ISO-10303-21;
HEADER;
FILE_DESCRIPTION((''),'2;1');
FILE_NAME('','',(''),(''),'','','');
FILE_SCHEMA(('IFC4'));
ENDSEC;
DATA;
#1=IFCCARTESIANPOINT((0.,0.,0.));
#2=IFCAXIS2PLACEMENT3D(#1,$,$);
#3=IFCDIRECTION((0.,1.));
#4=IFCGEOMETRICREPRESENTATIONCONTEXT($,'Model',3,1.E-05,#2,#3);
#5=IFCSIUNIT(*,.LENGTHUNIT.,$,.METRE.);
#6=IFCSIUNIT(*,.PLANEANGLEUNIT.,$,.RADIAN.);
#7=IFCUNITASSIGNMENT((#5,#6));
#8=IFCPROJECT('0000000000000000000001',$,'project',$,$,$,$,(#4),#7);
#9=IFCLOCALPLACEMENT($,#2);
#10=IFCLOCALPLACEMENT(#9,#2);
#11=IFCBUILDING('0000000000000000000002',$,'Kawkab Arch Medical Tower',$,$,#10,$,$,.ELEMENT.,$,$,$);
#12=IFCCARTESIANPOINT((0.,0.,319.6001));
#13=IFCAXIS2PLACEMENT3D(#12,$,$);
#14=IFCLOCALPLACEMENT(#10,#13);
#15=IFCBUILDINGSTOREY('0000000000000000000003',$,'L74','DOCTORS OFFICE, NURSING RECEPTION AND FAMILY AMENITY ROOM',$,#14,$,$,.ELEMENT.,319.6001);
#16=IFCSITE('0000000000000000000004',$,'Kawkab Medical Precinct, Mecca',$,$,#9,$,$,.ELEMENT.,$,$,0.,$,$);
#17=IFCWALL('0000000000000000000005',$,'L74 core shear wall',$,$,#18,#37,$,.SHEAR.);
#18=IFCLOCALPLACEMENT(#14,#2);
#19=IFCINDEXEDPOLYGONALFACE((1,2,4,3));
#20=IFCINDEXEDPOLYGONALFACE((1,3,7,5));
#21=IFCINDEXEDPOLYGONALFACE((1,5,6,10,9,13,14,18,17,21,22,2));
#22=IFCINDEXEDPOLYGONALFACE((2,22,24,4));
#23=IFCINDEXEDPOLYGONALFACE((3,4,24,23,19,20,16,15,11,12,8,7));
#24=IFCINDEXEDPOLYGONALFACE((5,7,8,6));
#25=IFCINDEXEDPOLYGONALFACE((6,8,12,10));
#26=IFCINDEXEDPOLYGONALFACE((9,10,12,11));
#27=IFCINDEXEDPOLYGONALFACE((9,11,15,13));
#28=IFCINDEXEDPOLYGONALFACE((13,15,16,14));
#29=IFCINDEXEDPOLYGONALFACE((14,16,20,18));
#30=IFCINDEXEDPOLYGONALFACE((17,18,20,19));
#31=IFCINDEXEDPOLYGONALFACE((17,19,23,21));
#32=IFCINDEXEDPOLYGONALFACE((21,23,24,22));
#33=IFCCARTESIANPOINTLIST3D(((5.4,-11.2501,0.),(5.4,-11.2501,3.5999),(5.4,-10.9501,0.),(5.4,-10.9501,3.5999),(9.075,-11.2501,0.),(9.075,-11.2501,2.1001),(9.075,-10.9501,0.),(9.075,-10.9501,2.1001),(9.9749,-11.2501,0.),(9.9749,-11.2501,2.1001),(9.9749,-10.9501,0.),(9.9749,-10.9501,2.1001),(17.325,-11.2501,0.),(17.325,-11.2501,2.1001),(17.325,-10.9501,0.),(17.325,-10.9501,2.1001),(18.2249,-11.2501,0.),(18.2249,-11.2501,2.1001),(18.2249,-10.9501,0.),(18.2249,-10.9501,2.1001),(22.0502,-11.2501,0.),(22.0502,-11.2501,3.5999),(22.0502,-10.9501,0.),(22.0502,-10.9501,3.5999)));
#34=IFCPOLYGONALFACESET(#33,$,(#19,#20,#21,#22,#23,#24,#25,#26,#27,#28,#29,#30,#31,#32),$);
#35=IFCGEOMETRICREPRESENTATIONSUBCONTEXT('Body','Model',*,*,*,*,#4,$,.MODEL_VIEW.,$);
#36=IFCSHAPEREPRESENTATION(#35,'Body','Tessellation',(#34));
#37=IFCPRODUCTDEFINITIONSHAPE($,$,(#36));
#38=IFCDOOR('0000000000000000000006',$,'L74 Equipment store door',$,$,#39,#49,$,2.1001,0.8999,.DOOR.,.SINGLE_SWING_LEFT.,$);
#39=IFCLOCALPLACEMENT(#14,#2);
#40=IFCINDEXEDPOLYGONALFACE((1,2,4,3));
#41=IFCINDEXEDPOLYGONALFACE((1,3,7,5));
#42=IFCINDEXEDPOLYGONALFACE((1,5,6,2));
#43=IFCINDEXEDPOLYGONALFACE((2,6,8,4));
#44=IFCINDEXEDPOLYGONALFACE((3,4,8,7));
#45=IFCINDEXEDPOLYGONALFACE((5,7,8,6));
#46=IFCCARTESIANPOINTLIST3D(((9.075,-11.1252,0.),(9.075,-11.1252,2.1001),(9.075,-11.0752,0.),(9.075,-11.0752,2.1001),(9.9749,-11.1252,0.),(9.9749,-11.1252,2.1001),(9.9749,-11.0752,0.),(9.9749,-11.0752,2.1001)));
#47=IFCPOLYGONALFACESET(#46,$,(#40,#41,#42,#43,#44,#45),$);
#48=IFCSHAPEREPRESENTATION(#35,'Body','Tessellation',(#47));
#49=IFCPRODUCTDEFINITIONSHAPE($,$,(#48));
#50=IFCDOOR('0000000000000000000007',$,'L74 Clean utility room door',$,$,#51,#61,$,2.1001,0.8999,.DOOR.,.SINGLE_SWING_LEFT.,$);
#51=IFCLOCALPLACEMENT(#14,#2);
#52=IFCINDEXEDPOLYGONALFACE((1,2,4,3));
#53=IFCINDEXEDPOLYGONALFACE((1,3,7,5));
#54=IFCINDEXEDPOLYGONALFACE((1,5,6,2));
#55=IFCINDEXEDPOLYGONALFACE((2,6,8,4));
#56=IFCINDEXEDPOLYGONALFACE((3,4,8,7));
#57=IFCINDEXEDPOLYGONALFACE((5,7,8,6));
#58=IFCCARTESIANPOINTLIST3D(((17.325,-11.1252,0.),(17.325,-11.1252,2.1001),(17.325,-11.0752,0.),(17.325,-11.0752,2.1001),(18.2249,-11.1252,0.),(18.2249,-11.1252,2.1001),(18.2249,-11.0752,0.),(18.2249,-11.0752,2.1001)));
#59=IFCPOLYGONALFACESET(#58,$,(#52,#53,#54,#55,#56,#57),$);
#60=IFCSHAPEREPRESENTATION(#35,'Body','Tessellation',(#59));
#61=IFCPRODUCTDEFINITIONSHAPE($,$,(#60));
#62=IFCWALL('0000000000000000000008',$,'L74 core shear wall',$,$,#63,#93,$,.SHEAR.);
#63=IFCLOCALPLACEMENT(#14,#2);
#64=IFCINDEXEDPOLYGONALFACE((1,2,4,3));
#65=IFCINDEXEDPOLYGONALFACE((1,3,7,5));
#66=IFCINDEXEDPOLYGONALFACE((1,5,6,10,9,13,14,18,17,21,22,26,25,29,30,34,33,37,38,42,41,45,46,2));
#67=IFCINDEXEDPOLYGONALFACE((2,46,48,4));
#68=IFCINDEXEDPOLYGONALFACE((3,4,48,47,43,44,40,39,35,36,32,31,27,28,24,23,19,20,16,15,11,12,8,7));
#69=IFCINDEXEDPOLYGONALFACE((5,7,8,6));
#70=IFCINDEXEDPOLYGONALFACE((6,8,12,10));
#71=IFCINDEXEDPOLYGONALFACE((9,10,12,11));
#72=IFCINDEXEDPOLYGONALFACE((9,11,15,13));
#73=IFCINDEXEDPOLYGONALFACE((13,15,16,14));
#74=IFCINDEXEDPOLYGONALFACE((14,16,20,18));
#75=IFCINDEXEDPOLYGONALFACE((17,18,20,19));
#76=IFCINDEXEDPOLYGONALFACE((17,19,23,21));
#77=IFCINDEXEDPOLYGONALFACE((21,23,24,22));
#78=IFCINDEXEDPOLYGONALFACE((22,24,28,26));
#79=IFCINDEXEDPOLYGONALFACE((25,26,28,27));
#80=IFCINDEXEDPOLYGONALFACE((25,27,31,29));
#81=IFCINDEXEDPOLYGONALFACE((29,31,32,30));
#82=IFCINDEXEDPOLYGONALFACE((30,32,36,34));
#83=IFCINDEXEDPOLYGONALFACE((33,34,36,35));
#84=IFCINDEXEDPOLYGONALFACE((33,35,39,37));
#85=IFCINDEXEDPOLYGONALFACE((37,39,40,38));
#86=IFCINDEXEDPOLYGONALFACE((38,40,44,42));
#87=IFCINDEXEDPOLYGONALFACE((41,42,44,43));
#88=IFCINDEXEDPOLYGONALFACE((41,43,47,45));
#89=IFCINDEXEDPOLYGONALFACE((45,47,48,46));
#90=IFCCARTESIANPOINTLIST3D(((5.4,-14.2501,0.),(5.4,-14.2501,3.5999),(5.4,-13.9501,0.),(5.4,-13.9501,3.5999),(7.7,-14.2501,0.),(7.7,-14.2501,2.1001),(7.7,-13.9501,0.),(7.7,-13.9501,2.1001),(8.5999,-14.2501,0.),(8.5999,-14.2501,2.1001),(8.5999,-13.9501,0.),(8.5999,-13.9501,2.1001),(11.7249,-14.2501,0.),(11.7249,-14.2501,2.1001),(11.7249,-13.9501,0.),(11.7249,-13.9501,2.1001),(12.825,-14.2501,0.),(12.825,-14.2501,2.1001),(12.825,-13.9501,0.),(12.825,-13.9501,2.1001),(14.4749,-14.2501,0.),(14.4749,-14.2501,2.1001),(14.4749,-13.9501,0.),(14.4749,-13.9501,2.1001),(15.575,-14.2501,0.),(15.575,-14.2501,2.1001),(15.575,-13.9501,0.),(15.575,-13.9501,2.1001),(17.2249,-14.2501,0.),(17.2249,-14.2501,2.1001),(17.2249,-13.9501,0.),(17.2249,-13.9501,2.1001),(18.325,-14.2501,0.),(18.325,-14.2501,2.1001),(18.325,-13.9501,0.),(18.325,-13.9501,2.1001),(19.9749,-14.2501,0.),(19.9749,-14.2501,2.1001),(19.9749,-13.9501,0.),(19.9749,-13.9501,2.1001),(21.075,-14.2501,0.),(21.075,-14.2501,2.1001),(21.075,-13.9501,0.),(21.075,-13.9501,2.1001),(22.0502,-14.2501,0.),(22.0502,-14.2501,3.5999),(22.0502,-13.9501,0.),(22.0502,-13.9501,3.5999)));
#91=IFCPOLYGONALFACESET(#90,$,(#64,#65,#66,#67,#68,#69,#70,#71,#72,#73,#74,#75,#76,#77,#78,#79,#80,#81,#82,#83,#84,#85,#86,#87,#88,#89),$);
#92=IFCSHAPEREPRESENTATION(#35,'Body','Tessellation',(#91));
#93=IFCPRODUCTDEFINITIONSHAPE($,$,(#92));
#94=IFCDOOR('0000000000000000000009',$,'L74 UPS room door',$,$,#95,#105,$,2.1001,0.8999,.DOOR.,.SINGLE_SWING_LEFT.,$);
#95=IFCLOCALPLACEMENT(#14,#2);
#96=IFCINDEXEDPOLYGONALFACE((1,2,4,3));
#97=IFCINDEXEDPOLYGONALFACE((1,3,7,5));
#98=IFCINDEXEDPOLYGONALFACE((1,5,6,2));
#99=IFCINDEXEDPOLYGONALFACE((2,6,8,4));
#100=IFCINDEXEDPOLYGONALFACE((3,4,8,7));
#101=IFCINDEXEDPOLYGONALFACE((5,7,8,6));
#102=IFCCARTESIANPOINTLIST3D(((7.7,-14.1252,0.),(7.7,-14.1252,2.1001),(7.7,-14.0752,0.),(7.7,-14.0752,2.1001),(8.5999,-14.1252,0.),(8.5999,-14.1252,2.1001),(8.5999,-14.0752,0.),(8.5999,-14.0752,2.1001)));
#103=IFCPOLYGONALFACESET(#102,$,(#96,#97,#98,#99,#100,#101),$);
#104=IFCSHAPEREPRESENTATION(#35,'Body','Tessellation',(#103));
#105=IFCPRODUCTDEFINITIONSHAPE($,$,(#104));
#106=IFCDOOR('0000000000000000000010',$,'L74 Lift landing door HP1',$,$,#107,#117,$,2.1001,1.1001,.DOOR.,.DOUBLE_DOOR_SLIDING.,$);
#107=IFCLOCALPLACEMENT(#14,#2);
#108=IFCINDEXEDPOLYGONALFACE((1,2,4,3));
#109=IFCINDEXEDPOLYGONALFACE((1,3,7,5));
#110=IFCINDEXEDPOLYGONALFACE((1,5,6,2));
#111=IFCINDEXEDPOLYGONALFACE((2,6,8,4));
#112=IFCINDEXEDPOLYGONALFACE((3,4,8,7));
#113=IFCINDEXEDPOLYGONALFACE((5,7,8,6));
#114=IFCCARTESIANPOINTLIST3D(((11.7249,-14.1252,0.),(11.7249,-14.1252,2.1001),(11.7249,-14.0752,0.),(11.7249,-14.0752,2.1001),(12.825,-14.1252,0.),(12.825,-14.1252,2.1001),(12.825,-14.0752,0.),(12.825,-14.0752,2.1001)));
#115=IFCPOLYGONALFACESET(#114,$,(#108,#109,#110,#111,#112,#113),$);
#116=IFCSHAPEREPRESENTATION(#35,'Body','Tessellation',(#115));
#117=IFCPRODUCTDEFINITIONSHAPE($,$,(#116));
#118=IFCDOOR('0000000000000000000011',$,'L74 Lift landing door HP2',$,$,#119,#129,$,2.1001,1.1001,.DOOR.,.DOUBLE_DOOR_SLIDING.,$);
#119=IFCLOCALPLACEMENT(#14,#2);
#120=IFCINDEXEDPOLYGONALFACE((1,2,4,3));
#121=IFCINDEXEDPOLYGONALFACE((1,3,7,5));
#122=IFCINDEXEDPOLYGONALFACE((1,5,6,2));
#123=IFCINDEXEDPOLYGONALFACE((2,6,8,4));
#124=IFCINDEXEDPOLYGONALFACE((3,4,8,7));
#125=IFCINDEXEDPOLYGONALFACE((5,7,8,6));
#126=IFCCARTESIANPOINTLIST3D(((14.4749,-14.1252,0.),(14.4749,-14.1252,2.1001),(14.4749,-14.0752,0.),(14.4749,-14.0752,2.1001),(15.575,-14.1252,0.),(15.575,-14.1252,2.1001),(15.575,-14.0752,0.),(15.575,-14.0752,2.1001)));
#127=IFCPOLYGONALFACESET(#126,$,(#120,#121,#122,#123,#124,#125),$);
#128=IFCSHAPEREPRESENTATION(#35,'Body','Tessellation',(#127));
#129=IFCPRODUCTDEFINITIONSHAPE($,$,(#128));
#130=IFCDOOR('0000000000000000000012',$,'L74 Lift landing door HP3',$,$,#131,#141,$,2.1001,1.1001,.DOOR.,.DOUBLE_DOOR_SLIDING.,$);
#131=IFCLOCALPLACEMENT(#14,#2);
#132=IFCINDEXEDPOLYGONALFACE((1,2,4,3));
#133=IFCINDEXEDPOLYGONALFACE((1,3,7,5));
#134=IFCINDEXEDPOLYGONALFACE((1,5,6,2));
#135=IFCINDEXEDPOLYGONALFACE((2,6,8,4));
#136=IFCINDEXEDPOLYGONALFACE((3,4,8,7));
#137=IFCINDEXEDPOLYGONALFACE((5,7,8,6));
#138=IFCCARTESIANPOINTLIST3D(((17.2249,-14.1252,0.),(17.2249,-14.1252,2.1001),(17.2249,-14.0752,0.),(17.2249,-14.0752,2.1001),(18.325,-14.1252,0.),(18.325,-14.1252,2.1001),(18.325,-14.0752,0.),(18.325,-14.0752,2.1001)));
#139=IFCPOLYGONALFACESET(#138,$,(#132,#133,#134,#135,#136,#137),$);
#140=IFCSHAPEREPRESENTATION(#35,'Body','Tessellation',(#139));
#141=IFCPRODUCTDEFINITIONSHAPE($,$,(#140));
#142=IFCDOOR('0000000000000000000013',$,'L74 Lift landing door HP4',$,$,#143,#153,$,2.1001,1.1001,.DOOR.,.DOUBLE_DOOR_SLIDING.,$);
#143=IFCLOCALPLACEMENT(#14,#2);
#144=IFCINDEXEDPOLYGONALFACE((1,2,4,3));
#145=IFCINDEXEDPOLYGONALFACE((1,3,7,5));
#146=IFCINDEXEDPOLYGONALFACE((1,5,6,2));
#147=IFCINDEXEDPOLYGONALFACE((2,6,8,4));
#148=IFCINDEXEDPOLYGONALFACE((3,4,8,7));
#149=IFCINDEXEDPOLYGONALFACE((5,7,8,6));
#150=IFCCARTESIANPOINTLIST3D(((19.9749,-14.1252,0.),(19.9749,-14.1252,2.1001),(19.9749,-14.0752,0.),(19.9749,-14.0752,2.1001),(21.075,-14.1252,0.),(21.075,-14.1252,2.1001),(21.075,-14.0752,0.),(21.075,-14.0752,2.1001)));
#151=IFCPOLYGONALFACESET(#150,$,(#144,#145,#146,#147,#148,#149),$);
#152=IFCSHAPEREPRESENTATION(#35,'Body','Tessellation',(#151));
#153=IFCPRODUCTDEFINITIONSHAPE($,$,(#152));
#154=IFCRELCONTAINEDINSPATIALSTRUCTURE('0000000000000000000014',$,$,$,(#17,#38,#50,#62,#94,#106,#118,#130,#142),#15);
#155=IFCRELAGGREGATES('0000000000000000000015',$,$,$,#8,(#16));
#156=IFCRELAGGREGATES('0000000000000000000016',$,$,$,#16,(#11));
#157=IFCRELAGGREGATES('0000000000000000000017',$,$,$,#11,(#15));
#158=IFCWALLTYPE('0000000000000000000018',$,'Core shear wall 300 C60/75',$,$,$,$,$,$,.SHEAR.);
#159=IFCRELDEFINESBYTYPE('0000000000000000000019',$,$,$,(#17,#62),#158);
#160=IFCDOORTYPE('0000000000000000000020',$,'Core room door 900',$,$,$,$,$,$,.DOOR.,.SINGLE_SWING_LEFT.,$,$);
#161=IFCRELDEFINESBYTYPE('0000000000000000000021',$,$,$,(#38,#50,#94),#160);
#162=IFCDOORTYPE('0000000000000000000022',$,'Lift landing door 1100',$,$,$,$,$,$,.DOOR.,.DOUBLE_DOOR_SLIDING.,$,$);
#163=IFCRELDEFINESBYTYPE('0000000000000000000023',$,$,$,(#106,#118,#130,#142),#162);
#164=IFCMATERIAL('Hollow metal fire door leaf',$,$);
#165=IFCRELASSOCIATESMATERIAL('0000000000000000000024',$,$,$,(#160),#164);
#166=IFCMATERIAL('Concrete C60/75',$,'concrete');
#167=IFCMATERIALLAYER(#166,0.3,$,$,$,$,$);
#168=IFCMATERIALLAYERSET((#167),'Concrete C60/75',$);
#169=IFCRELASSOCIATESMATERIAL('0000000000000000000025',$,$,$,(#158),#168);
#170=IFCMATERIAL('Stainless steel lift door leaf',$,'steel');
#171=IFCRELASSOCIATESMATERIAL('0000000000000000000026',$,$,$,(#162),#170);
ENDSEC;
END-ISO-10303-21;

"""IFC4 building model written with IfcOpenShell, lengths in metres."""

from ifc_helpers import new_model, si_unit, direction, frame, frame_2d, origin, place, context, subcontext, project, spatial, rectangle, extrude, material, layer, layer_set, type_object, element, fill, save


model = new_model("IFC4")

# Units and contexts
model_context = context("Model", 3, precision=1e-05, world=origin(), true_north=direction((0.0, 1.0)))
body_context = subcontext(model_context, "Body", "Model", "MODEL_VIEW")
ifc_project = project(units=[si_unit("LENGTHUNIT", "METRE"), si_unit("PLANEANGLEUNIT", "RADIAN")], contexts=[model_context])

# Site, building, storey
site_placement = place(None, origin())
site = spatial("IfcSite", under=ifc_project, at=site_placement, Name="Kawkab Medical Precinct, Mecca", CompositionType="ELEMENT", RefElevation=0.0)
building_placement = place(site_placement, origin())
building = spatial("IfcBuilding", under=site, at=building_placement, Name="Kawkab Arch Medical Tower", CompositionType="ELEMENT")
storey_placement = place(building_placement, frame((0.0, 0.0, 319.6001)))
storey = spatial("IfcBuildingStorey", under=building, at=storey_placement, Name="L74", Description="DOCTORS OFFICE, NURSING RECEPTION AND FAMILY AMENITY ROOM", CompositionType="ELEMENT", Elevation=319.6001)

# Shared definitions
ifc_material_1 = material(Name="Hollow metal fire door leaf")
door_type_1 = type_object("IfcDoorType", Name="Core room door 900", OperationType="SINGLE_SWING_LEFT", PredefinedType="DOOR", material=ifc_material_1)

# Shared definitions
ifc_material_2 = material(Name="Concrete C60/75", Category="concrete")
ifc_layer_1 = layer(ifc_material_2, 0.3)
ifc_layer_set_1 = layer_set([ifc_layer_1], Name="Concrete C60/75")
wall_type_1 = type_object("IfcWallType", Name="Core shear wall 300 C60/75", PredefinedType="SHEAR", material=ifc_layer_set_1)

# Walls, openings, doors
wall_1_placement = place(storey_placement, frame((5.3999, -11.1001, 0.0), z_axis=(0.0, 0.0, 1.0), x_axis=(1.0, 0.0, 0.0)))
wall_1 = element("IfcWall", 1, at=wall_1_placement, inside=storey, type_object=wall_type_1, Name="L74 core shear wall", PredefinedType="SHEAR", context=body_context, shape_type="SweptSolid", body=[
    extrude(rectangle(XDim=16.6501, YDim=0.3, at=frame_2d((8.3252, 0.0))), origin(), (0.0, 0.0, 1.0), 3.5999),
])
opening_1_placement = place(wall_1_placement, frame((3.675, 0.0, 0.0)))
opening_1 = element("IfcOpeningElement", 2, at=opening_1_placement, cuts=wall_1, PredefinedType="OPENING", context=body_context, shape_type="SweptSolid", body=[
    extrude(rectangle(XDim=0.8999, YDim=2.1001, at=frame_2d((0.45, 1.05))), frame((0.0, 0.1599, 0.0), z_axis=(0.0, -1.0, 0.0), x_axis=(1.0, 0.0, 0.0)), (0.0, 0.0, 1.0), 0.3201),
])
opening_2_placement = place(wall_1_placement, frame((11.925, 0.0, 0.0)))
opening_2 = element("IfcOpeningElement", 3, at=opening_2_placement, cuts=wall_1, PredefinedType="OPENING", context=body_context, shape_type="SweptSolid", body=[
    extrude(rectangle(XDim=0.8999, YDim=2.1001, at=frame_2d((0.45, 1.05))), frame((0.0, 0.1599, 0.0), z_axis=(0.0, -1.0, 0.0), x_axis=(1.0, 0.0, 0.0)), (0.0, 0.0, 1.0), 0.3201),
])
door_1_placement = place(opening_1_placement, origin())
door_1 = element("IfcDoor", 4, at=door_1_placement, inside=storey, type_object=door_type_1, Name="L74 Equipment store door", OperationType="SINGLE_SWING_LEFT", OverallHeight=2.1001, OverallWidth=0.8999, PredefinedType="DOOR", context=body_context, shape_type="SweptSolid", body=[
    extrude(rectangle(XDim=0.8999, YDim=2.1001, at=frame_2d((0.45, 1.05))), frame((0.0, 0.0249, 0.0), z_axis=(0.0, -1.0, 0.0), x_axis=(1.0, 0.0, 0.0)), (0.0, 0.0, 1.0), 0.05),
])
fill(opening_1, door_1)
door_2_placement = place(opening_2_placement, origin())
door_2 = element("IfcDoor", 5, at=door_2_placement, inside=storey, type_object=door_type_1, Name="L74 Clean utility room door", OperationType="SINGLE_SWING_LEFT", OverallHeight=2.1001, OverallWidth=0.8999, PredefinedType="DOOR", context=body_context, shape_type="SweptSolid", body=[
    extrude(rectangle(XDim=0.8999, YDim=2.1001, at=frame_2d((0.45, 1.05))), frame((0.0, 0.0249, 0.0), z_axis=(0.0, -1.0, 0.0), x_axis=(1.0, 0.0, 0.0)), (0.0, 0.0, 1.0), 0.05),
])
fill(opening_2, door_2)
wall_2_placement = place(storey_placement, frame((5.3999, -14.1001, 0.0), z_axis=(0.0, 0.0, 1.0), x_axis=(1.0, 0.0, 0.0)))
wall_2 = element("IfcWall", 6, at=wall_2_placement, inside=storey, type_object=wall_type_1, Name="L74 core shear wall", PredefinedType="SHEAR", context=body_context, shape_type="SweptSolid", body=[
    extrude(rectangle(XDim=16.6501, YDim=0.3, at=frame_2d((8.3252, 0.0))), origin(), (0.0, 0.0, 1.0), 3.5999),
])
opening_3_placement = place(wall_2_placement, frame((6.325, 0.0, 0.0)))
opening_3 = element("IfcOpeningElement", 7, at=opening_3_placement, cuts=wall_2, PredefinedType="OPENING", context=body_context, shape_type="SweptSolid", body=[
    extrude(rectangle(XDim=1.1001, YDim=2.1001, at=frame_2d((0.55, 1.05))), frame((0.0, 0.1599, 0.0), z_axis=(0.0, -1.0, 0.0), x_axis=(1.0, 0.0, 0.0)), (0.0, 0.0, 1.0), 0.3201),
])
opening_4_placement = place(wall_2_placement, frame((9.075, 0.0, 0.0)))
opening_4 = element("IfcOpeningElement", 8, at=opening_4_placement, cuts=wall_2, PredefinedType="OPENING", context=body_context, shape_type="SweptSolid", body=[
    extrude(rectangle(XDim=1.1001, YDim=2.1001, at=frame_2d((0.55, 1.05))), frame((0.0, 0.1599, 0.0), z_axis=(0.0, -1.0, 0.0), x_axis=(1.0, 0.0, 0.0)), (0.0, 0.0, 1.0), 0.3201),
])
opening_5_placement = place(wall_2_placement, frame((11.825, 0.0, 0.0)))
opening_5 = element("IfcOpeningElement", 9, at=opening_5_placement, cuts=wall_2, PredefinedType="OPENING", context=body_context, shape_type="SweptSolid", body=[
    extrude(rectangle(XDim=1.1001, YDim=2.1001, at=frame_2d((0.55, 1.05))), frame((0.0, 0.1599, 0.0), z_axis=(0.0, -1.0, 0.0), x_axis=(1.0, 0.0, 0.0)), (0.0, 0.0, 1.0), 0.3201),
])
opening_6_placement = place(wall_2_placement, frame((14.575, 0.0, 0.0)))
opening_6 = element("IfcOpeningElement", 10, at=opening_6_placement, cuts=wall_2, PredefinedType="OPENING", context=body_context, shape_type="SweptSolid", body=[
    extrude(rectangle(XDim=1.1001, YDim=2.1001, at=frame_2d((0.55, 1.05))), frame((0.0, 0.1599, 0.0), z_axis=(0.0, -1.0, 0.0), x_axis=(1.0, 0.0, 0.0)), (0.0, 0.0, 1.0), 0.3201),
])
opening_7_placement = place(wall_2_placement, frame((2.3, 0.0, 0.0)))
opening_7 = element("IfcOpeningElement", 11, at=opening_7_placement, cuts=wall_2, PredefinedType="OPENING", context=body_context, shape_type="SweptSolid", body=[
    extrude(rectangle(XDim=0.8999, YDim=2.1001, at=frame_2d((0.45, 1.05))), frame((0.0, 0.1599, 0.0), z_axis=(0.0, -1.0, 0.0), x_axis=(1.0, 0.0, 0.0)), (0.0, 0.0, 1.0), 0.3201),
])
door_3_placement = place(opening_7_placement, origin())
door_3 = element("IfcDoor", 12, at=door_3_placement, inside=storey, type_object=door_type_1, Name="L74 UPS room door", OperationType="SINGLE_SWING_LEFT", OverallHeight=2.1001, OverallWidth=0.8999, PredefinedType="DOOR", context=body_context, shape_type="SweptSolid", body=[
    extrude(rectangle(XDim=0.8999, YDim=2.1001, at=frame_2d((0.45, 1.05))), frame((0.0, 0.0249, 0.0), z_axis=(0.0, -1.0, 0.0), x_axis=(1.0, 0.0, 0.0)), (0.0, 0.0, 1.0), 0.05),
])
fill(opening_7, door_3)
ifc_material_3 = material(Name="Stainless steel lift door leaf", Category="steel")
door_type_2 = type_object("IfcDoorType", Name="Lift landing door 1100", OperationType="DOUBLE_DOOR_SLIDING", PredefinedType="DOOR", material=ifc_material_3)
door_4_placement = place(opening_3_placement, origin())
door_4 = element("IfcDoor", 13, at=door_4_placement, inside=storey, type_object=door_type_2, Name="L74 Lift landing door HP1", OperationType="DOUBLE_DOOR_SLIDING", OverallHeight=2.1001, OverallWidth=1.1001, PredefinedType="DOOR", context=body_context, shape_type="SweptSolid", body=[
    extrude(rectangle(XDim=1.1001, YDim=2.1001, at=frame_2d((0.55, 1.05))), frame((0.0, 0.0249, 0.0), z_axis=(0.0, -1.0, 0.0), x_axis=(1.0, 0.0, 0.0)), (0.0, 0.0, 1.0), 0.05),
])
fill(opening_3, door_4)
door_5_placement = place(opening_4_placement, origin())
door_5 = element("IfcDoor", 14, at=door_5_placement, inside=storey, type_object=door_type_2, Name="L74 Lift landing door HP2", OperationType="DOUBLE_DOOR_SLIDING", OverallHeight=2.1001, OverallWidth=1.1001, PredefinedType="DOOR", context=body_context, shape_type="SweptSolid", body=[
    extrude(rectangle(XDim=1.1001, YDim=2.1001, at=frame_2d((0.55, 1.05))), frame((0.0, 0.0249, 0.0), z_axis=(0.0, -1.0, 0.0), x_axis=(1.0, 0.0, 0.0)), (0.0, 0.0, 1.0), 0.05),
])
fill(opening_4, door_5)
door_6_placement = place(opening_5_placement, origin())
door_6 = element("IfcDoor", 15, at=door_6_placement, inside=storey, type_object=door_type_2, Name="L74 Lift landing door HP3", OperationType="DOUBLE_DOOR_SLIDING", OverallHeight=2.1001, OverallWidth=1.1001, PredefinedType="DOOR", context=body_context, shape_type="SweptSolid", body=[
    extrude(rectangle(XDim=1.1001, YDim=2.1001, at=frame_2d((0.55, 1.05))), frame((0.0, 0.0249, 0.0), z_axis=(0.0, -1.0, 0.0), x_axis=(1.0, 0.0, 0.0)), (0.0, 0.0, 1.0), 0.05),
])
fill(opening_5, door_6)
door_7_placement = place(opening_6_placement, origin())
door_7 = element("IfcDoor", 16, at=door_7_placement, inside=storey, type_object=door_type_2, Name="L74 Lift landing door HP4", OperationType="DOUBLE_DOOR_SLIDING", OverallHeight=2.1001, OverallWidth=1.1001, PredefinedType="DOOR", context=body_context, shape_type="SweptSolid", body=[
    extrude(rectangle(XDim=1.1001, YDim=2.1001, at=frame_2d((0.55, 1.05))), frame((0.0, 0.0249, 0.0), z_axis=(0.0, -1.0, 0.0), x_axis=(1.0, 0.0, 0.0)), (0.0, 0.0, 1.0), 0.05),
])
fill(opening_6, door_7)

save(model, "model.ifc")
